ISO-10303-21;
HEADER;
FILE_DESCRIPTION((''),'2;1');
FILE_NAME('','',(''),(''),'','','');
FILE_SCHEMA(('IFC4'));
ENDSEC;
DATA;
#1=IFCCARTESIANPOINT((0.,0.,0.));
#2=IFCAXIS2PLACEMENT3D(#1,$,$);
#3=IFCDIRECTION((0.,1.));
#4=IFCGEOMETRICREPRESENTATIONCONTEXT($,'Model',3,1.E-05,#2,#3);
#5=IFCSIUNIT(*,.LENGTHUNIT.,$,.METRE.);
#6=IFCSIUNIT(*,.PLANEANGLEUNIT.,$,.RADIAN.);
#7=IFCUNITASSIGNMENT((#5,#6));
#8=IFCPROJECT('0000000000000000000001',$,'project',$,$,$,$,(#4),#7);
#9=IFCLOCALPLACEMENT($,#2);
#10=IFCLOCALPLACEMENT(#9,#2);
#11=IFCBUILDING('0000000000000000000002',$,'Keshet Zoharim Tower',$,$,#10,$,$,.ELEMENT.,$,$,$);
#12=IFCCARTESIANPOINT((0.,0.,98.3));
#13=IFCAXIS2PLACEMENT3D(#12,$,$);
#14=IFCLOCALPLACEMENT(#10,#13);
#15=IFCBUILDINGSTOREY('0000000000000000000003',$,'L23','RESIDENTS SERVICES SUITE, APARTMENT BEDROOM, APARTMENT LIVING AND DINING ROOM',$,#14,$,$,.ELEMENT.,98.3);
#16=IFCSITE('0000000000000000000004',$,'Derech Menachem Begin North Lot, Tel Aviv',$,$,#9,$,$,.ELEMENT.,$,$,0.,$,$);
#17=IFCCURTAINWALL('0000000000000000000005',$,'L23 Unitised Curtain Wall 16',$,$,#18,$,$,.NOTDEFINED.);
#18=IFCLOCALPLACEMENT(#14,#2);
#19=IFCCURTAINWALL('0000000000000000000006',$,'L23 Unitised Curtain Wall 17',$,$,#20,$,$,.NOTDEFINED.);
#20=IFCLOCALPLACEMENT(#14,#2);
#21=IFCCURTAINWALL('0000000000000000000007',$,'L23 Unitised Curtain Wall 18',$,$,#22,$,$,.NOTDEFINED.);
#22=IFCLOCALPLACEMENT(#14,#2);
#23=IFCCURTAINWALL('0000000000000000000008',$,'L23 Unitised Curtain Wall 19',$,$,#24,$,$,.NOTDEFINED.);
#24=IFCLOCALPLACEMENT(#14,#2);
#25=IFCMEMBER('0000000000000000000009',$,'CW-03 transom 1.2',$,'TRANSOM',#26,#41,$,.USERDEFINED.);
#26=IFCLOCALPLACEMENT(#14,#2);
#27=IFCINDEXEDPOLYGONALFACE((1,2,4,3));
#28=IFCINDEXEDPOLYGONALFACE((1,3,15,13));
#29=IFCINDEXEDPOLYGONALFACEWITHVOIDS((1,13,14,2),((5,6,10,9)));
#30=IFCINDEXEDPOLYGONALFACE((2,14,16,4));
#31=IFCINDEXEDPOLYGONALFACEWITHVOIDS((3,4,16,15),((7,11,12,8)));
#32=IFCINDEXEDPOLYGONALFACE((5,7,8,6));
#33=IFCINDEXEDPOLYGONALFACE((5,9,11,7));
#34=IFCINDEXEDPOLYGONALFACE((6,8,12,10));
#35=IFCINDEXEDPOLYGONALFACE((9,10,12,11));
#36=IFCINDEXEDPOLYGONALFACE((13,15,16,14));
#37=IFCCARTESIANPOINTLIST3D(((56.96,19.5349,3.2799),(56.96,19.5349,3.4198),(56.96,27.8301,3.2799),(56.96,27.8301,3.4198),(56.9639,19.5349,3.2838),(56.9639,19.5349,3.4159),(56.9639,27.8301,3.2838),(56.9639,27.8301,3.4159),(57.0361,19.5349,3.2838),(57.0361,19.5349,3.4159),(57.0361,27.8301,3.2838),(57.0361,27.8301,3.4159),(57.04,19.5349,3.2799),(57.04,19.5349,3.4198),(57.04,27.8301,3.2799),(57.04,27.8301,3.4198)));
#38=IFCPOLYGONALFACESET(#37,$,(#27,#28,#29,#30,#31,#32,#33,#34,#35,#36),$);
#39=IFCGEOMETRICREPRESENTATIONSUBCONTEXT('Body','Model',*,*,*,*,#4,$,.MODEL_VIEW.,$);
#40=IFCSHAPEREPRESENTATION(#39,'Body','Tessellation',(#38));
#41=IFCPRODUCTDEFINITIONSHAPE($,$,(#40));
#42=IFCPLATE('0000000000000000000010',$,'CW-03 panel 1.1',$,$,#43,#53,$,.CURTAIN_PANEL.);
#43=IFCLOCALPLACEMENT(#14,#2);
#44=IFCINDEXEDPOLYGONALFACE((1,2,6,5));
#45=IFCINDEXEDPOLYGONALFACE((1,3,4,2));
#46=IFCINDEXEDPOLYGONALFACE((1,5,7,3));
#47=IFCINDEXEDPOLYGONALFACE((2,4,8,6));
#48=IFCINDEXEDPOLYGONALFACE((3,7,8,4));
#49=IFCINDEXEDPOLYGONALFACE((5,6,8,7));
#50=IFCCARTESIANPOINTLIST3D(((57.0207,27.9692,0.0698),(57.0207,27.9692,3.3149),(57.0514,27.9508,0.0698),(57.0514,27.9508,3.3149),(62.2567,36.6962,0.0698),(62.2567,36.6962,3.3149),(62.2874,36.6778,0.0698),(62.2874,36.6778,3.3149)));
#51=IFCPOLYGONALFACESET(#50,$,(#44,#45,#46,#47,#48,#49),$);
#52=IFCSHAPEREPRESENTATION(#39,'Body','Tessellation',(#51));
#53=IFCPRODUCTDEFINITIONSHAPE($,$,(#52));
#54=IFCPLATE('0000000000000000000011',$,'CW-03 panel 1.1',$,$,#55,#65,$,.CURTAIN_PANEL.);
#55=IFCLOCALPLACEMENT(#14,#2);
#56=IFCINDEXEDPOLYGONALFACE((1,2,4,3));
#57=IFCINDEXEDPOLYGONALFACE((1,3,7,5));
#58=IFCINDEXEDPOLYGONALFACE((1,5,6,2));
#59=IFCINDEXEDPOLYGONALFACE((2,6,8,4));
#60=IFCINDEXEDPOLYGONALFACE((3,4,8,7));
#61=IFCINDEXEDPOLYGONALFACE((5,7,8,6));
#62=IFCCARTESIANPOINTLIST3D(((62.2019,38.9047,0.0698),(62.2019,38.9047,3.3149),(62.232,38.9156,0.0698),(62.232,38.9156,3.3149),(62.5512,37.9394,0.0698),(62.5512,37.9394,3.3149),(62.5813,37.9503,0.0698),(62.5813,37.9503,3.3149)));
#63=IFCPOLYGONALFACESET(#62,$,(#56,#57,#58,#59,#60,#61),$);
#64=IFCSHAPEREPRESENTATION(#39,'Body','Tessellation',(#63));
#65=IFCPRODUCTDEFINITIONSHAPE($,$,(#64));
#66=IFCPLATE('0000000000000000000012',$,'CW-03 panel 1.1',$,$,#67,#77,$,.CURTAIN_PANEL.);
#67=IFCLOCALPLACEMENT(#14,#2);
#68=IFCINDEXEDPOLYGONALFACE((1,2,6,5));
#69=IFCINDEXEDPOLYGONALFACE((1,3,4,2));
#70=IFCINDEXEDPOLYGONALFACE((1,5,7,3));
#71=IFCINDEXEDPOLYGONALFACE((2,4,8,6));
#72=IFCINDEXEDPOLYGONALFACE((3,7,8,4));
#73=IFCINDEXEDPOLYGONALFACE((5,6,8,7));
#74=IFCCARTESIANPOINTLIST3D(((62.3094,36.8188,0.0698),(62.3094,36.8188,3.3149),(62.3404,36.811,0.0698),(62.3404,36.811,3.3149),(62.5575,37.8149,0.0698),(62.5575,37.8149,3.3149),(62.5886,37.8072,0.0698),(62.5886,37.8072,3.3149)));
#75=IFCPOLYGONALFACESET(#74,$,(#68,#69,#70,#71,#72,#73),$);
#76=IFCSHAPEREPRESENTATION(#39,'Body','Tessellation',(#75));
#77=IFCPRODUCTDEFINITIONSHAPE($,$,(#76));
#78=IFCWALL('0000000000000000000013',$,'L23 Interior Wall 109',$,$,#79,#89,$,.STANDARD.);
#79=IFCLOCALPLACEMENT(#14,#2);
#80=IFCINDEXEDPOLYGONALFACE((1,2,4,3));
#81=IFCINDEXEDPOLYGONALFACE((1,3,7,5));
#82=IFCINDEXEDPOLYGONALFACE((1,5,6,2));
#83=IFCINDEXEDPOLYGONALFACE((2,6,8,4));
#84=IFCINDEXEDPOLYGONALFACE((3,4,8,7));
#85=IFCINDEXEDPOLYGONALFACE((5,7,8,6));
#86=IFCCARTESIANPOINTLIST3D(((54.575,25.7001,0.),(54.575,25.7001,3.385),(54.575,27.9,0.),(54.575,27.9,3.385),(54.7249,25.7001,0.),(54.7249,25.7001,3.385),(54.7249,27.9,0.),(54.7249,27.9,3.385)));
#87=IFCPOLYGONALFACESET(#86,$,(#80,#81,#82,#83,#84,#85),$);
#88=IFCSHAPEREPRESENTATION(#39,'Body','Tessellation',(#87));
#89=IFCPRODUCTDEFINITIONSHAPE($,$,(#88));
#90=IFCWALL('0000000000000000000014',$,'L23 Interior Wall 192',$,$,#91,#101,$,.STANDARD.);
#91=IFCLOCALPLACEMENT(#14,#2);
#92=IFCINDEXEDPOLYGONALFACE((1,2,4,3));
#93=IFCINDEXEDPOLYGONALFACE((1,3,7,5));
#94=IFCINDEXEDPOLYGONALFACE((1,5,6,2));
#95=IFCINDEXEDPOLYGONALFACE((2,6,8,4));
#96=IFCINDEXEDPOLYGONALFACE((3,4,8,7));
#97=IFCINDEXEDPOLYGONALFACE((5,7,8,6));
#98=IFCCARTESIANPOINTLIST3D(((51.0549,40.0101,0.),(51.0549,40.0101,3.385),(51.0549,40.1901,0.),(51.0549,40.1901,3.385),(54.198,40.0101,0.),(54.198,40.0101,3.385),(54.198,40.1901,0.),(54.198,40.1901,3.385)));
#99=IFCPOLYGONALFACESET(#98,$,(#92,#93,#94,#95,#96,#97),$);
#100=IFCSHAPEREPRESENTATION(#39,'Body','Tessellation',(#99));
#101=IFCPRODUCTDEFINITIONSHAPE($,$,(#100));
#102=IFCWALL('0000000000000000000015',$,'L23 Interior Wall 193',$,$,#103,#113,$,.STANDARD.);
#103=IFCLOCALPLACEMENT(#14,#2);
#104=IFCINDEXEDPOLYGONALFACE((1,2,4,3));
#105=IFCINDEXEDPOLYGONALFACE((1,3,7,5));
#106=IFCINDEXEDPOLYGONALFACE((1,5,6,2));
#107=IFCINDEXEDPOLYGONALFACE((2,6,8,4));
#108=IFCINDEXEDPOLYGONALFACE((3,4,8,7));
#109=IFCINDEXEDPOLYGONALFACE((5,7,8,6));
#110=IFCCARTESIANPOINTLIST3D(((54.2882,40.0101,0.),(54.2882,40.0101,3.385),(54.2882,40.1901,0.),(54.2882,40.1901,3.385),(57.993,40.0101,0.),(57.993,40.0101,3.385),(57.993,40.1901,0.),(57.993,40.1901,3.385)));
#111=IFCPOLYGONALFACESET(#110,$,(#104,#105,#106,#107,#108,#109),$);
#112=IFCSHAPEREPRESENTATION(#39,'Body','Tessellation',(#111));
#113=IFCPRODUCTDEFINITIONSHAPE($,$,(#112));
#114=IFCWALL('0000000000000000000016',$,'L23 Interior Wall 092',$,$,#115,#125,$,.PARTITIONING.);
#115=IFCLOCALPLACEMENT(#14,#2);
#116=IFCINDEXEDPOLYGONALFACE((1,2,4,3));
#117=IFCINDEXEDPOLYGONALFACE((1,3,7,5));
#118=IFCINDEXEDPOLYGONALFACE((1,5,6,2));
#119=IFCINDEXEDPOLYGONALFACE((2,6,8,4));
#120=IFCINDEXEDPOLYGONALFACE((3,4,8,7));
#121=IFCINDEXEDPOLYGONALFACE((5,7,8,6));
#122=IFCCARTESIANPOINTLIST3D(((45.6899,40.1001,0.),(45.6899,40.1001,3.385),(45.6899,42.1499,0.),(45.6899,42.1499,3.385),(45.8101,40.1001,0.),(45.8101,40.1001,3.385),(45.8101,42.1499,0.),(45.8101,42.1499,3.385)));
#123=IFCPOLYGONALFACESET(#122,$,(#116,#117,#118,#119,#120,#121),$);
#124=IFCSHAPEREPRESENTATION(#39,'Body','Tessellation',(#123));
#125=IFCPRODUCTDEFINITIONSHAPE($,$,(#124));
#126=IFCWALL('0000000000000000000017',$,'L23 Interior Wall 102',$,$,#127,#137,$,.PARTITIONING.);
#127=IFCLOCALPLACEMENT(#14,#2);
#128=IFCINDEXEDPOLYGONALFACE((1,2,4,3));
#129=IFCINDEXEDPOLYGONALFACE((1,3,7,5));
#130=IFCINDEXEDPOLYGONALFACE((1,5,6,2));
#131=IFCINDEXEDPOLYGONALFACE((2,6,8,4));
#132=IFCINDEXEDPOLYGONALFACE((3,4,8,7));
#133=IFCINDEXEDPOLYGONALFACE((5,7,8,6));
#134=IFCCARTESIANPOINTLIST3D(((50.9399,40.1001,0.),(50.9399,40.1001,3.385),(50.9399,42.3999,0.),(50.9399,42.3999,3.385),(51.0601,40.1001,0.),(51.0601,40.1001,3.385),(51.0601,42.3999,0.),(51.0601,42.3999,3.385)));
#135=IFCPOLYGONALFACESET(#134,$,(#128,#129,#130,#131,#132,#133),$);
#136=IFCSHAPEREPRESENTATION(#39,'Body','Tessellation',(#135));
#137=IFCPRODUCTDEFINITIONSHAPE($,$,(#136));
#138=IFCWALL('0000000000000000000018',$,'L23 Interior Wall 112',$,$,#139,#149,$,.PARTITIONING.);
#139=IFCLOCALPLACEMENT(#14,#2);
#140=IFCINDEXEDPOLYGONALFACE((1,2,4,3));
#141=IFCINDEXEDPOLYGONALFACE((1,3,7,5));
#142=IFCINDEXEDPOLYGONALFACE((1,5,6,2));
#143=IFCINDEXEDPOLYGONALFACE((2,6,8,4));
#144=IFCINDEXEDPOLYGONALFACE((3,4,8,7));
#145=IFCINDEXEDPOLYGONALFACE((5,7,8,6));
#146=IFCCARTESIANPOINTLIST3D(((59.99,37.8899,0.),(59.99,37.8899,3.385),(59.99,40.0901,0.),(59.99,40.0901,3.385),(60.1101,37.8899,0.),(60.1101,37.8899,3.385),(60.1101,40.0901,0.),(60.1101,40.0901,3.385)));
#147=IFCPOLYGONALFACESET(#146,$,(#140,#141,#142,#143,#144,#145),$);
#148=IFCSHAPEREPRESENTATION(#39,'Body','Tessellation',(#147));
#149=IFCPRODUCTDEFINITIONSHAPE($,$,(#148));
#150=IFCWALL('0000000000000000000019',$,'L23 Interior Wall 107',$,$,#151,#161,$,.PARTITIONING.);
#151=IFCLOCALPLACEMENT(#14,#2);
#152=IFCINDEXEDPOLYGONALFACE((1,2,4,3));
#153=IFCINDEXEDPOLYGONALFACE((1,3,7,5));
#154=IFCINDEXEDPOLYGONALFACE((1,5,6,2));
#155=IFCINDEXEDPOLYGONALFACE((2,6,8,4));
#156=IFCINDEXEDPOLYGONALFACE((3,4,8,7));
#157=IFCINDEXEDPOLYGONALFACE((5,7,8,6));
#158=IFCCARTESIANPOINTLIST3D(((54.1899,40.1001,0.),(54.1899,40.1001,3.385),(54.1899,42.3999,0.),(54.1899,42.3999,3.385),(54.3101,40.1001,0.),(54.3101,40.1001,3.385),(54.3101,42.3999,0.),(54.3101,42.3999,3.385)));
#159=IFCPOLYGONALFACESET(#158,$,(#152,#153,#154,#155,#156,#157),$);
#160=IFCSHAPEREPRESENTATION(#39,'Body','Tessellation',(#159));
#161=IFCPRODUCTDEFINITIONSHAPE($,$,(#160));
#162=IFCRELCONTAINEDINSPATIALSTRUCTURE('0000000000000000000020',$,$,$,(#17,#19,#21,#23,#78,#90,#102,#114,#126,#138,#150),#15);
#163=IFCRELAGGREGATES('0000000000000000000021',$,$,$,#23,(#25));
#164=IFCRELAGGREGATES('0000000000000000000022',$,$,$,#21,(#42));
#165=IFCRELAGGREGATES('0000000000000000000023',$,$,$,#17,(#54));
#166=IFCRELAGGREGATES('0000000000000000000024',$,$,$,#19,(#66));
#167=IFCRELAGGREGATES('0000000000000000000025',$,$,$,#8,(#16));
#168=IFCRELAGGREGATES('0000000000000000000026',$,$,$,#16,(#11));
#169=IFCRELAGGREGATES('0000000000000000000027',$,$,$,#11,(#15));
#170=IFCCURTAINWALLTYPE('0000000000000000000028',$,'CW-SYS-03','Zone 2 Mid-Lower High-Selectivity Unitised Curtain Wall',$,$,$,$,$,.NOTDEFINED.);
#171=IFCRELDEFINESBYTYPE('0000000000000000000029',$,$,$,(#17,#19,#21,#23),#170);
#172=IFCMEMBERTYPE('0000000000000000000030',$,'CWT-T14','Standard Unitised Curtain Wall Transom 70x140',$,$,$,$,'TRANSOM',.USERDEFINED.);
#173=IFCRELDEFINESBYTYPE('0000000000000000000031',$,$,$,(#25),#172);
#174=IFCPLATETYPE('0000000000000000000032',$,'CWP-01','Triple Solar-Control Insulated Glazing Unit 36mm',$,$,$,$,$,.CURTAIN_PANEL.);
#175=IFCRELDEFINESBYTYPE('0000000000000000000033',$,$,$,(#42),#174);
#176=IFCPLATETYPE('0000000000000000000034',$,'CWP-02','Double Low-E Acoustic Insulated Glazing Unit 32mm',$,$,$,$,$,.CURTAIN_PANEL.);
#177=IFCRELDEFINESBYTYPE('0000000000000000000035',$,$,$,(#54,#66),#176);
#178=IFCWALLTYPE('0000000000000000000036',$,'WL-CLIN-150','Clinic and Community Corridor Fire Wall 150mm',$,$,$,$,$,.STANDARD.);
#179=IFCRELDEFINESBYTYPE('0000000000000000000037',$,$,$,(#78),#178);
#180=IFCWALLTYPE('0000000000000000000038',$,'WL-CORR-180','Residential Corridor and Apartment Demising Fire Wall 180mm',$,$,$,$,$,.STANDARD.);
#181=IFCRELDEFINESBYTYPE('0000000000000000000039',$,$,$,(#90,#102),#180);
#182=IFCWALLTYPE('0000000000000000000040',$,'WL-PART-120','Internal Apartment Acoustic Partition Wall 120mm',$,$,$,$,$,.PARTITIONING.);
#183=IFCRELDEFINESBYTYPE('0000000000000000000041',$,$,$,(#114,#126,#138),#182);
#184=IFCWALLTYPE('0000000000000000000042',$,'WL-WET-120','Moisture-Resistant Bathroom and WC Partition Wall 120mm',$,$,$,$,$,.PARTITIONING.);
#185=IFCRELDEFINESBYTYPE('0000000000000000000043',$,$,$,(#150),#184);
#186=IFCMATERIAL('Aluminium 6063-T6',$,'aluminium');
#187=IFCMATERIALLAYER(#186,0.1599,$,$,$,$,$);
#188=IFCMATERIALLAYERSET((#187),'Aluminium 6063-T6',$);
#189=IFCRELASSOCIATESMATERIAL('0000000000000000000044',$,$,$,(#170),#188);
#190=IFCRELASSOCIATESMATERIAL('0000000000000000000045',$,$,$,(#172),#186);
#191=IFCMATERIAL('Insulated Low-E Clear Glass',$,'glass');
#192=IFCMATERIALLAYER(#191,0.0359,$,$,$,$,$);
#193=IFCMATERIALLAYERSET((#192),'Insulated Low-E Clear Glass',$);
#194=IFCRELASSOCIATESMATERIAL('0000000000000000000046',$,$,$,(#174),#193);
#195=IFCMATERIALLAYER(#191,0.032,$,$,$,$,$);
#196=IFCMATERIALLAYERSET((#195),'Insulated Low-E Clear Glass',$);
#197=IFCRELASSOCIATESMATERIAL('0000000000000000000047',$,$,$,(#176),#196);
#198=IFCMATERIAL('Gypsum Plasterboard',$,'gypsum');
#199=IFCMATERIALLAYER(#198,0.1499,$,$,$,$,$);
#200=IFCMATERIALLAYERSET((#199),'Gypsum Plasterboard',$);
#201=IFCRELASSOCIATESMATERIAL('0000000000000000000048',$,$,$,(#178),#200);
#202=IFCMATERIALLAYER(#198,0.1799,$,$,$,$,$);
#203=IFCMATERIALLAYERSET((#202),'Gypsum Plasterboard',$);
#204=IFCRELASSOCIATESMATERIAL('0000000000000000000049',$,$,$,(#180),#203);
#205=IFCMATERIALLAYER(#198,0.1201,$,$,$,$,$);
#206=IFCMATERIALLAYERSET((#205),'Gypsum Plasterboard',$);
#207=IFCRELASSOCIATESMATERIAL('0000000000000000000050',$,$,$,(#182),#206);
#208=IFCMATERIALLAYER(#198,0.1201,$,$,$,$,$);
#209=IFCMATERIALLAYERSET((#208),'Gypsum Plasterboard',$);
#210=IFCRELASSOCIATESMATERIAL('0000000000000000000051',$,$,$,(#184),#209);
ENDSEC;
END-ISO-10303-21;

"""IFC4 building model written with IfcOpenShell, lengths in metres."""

from ifc_helpers import new_model, si_unit, direction, frame, frame_2d, origin, origin_2d, place, context, subcontext, project, spatial, rectangle, hollow_rectangle, extrude, material, layer, layer_set, material_profile, profile_set, type_object, element, aggregate, save


model = new_model("IFC4")

# Units and contexts
model_context = context("Model", 3, precision=1e-05, world=origin(), true_north=direction((0.0, 1.0)))
body_context = subcontext(model_context, "Body", "Model", "MODEL_VIEW")
ifc_project = project(units=[si_unit("LENGTHUNIT", "METRE"), si_unit("PLANEANGLEUNIT", "RADIAN")], contexts=[model_context])

# Site, building, storey
site_placement = place(None, origin())
site = spatial("IfcSite", under=ifc_project, at=site_placement, Name="Derech Menachem Begin North Lot, Tel Aviv", CompositionType="ELEMENT", RefElevation=0.0)
building_placement = place(site_placement, origin())
building = spatial("IfcBuilding", under=site, at=building_placement, Name="Keshet Zoharim Tower", CompositionType="ELEMENT")
storey_placement = place(building_placement, frame((0.0, 0.0, 98.3)))
storey = spatial("IfcBuildingStorey", under=building, at=storey_placement, Name="L23", Description="RESIDENTS SERVICES SUITE, APARTMENT BEDROOM, APARTMENT LIVING AND DINING ROOM", CompositionType="ELEMENT", Elevation=98.3)

# Shared definitions
ifc_material_1 = material(Name="Aluminium 6063-T6", Category="aluminium")
ifc_layer_1 = layer(ifc_material_1, 0.1599)
ifc_layer_set_1 = layer_set([ifc_layer_1], Name="Aluminium 6063-T6")
curtain_wall_type = type_object("IfcCurtainWallType", Name="CW-SYS-03", Description="Zone 2 Mid-Lower High-Selectivity Unitised Curtain Wall", PredefinedType="NOTDEFINED", material=ifc_layer_set_1)

# Curtain walls
curtain_wall_1_placement = place(storey_placement, origin())
curtain_wall_1 = element("IfcCurtainWall", 1, at=curtain_wall_1_placement, inside=storey, type_object=curtain_wall_type, Name="L23 Unitised Curtain Wall 16", PredefinedType="NOTDEFINED")
curtain_wall_2_placement = place(storey_placement, origin())
curtain_wall_2 = element("IfcCurtainWall", 2, at=curtain_wall_2_placement, inside=storey, type_object=curtain_wall_type, Name="L23 Unitised Curtain Wall 17", PredefinedType="NOTDEFINED")
curtain_wall_3_placement = place(storey_placement, origin())
curtain_wall_3 = element("IfcCurtainWall", 3, at=curtain_wall_3_placement, inside=storey, type_object=curtain_wall_type, Name="L23 Unitised Curtain Wall 18", PredefinedType="NOTDEFINED")

# Curtain wall
curtain_wall_4_placement = place(storey_placement, origin())
curtain_wall_4 = element("IfcCurtainWall", 4, at=curtain_wall_4_placement, inside=storey, type_object=curtain_wall_type, Name="L23 Unitised Curtain Wall 19", PredefinedType="NOTDEFINED")

# Member
ifc_material_profile_1 = material_profile(ifc_material_1, hollow_rectangle(XDim=0.0801, YDim=0.1399, WallThickness=0.0039, at=origin_2d()), Name="TRN-80x140")
ifc_profile_set_1 = profile_set([ifc_material_profile_1], Name="Aluminium 6063-T6")
member_type_1 = type_object("IfcMemberType", Name="CWT-T14", Description="Standard Unitised Curtain Wall Transom 70x140", ElementType="TRANSOM", PredefinedType="USERDEFINED", material=ifc_profile_set_1)
member_1_placement = place(storey_placement, frame((57.0, 27.8301, 3.3499), z_axis=(0.0, -1.0, 0.0), x_axis=(1.0, 0.0, 0.0)))
member_1 = element("IfcMember", 5, at=member_1_placement, type_object=member_type_1, Name="CW-03 transom 1.2", ObjectType="TRANSOM", PredefinedType="USERDEFINED", context=body_context, shape_type="SweptSolid", body=[
    extrude(hollow_rectangle(XDim=0.0801, YDim=0.1399, WallThickness=0.0039, at=origin_2d()), origin(), (0.0, 0.0, 1.0), 8.2952),
])
aggregate(curtain_wall_4, [member_1])

# Plates
ifc_material_2 = material(Name="Insulated Low-E Clear Glass", Category="glass")
ifc_layer_2 = layer(ifc_material_2, 0.0359)
ifc_layer_set_2 = layer_set([ifc_layer_2], Name="Insulated Low-E Clear Glass")
plate_type_1 = type_object("IfcPlateType", Name="CWP-01", Description="Triple Solar-Control Insulated Glazing Unit 36mm", PredefinedType="CURTAIN_PANEL", material=ifc_layer_set_2)
plate_1_placement = place(storey_placement, frame((59.6541, 32.3235, 0.0698), z_axis=(0.0, 0.0, 1.0), x_axis=(-0.514482, -0.857501, 0.0)))
plate_1 = element("IfcPlate", 6, at=plate_1_placement, type_object=plate_type_1, Name="CW-03 panel 1.1", PredefinedType="CURTAIN_PANEL", context=body_context, shape_type="SweptSolid", body=[
    extrude(rectangle(XDim=10.1772, YDim=0.0359, at=origin_2d()), origin(), (0.0, 0.0, 1.0), 3.2451),
])
aggregate(curtain_wall_3, [plate_1])
ifc_layer_3 = layer(ifc_material_2, 0.032)
ifc_layer_set_3 = layer_set([ifc_layer_3], Name="Insulated Low-E Clear Glass")
plate_type_2 = type_object("IfcPlateType", Name="CWP-02", Description="Double Low-E Acoustic Insulated Glazing Unit 32mm", PredefinedType="CURTAIN_PANEL", material=ifc_layer_set_3)
plate_2_placement = place(storey_placement, frame((62.3916, 38.4275, 0.0698), z_axis=(0.0, 0.0, 1.0), x_axis=(0.340297, -0.940318, 0.0)))
plate_2 = element("IfcPlate", 7, at=plate_2_placement, type_object=plate_type_2, Name="CW-03 panel 1.1", PredefinedType="CURTAIN_PANEL", context=body_context, shape_type="SweptSolid", body=[
    extrude(rectangle(XDim=1.0266, YDim=0.032, at=origin_2d()), origin(), (0.0, 0.0, 1.0), 3.2451),
])
aggregate(curtain_wall_1, [plate_2])
plate_3_placement = place(storey_placement, frame((62.449, 37.313, 0.0698), z_axis=(0.0, 0.0, 1.0), x_axis=(-0.241729, -0.970344, 0.0)))
plate_3 = element("IfcPlate", 8, at=plate_3_placement, type_object=plate_type_2, Name="CW-03 panel 1.1", PredefinedType="CURTAIN_PANEL", context=body_context, shape_type="SweptSolid", body=[
    extrude(rectangle(XDim=1.0266, YDim=0.032, at=origin_2d()), origin(), (0.0, 0.0, 1.0), 3.2451),
])
aggregate(curtain_wall_2, [plate_3])

# Walls
ifc_material_3 = material(Name="Gypsum Plasterboard", Category="gypsum")
ifc_layer_4 = layer(ifc_material_3, 0.1499)
ifc_layer_set_4 = layer_set([ifc_layer_4], Name="Gypsum Plasterboard")
wall_type_1 = type_object("IfcWallType", Name="WL-CLIN-150", Description="Clinic and Community Corridor Fire Wall 150mm", PredefinedType="STANDARD", material=ifc_layer_set_4)
wall_1_placement = place(storey_placement, frame((54.6499, 25.7, 0.0), z_axis=(0.0, 0.0, 1.0), x_axis=(0.0, 1.0, 0.0)))
element("IfcWall", 9, at=wall_1_placement, inside=storey, type_object=wall_type_1, Name="L23 Interior Wall 109", PredefinedType="STANDARD", context=body_context, shape_type="SweptSolid", body=[
    extrude(rectangle(XDim=2.2, YDim=0.1499, at=frame_2d((1.1001, 0.0))), origin(), (0.0, 0.0, 1.0), 3.385),
])
ifc_layer_5 = layer(ifc_material_3, 0.1799)
ifc_layer_set_5 = layer_set([ifc_layer_5], Name="Gypsum Plasterboard")
wall_type_2 = type_object("IfcWallType", Name="WL-CORR-180", Description="Residential Corridor and Apartment Demising Fire Wall 180mm", PredefinedType="STANDARD", material=ifc_layer_set_5)
wall_2_placement = place(storey_placement, frame((51.0549, 40.1001, 0.0), z_axis=(0.0, 0.0, 1.0), x_axis=(1.0, 0.0, 0.0)))
element("IfcWall", 10, at=wall_2_placement, inside=storey, type_object=wall_type_2, Name="L23 Interior Wall 192", PredefinedType="STANDARD", context=body_context, shape_type="SweptSolid", body=[
    extrude(rectangle(XDim=3.1431, YDim=0.1799, at=frame_2d((1.5715, 0.0))), origin(), (0.0, 0.0, 1.0), 3.385),
])
wall_3_placement = place(storey_placement, frame((54.2881, 40.1001, 0.0), z_axis=(0.0, 0.0, 1.0), x_axis=(1.0, 0.0, 0.0)))
element("IfcWall", 11, at=wall_3_placement, inside=storey, type_object=wall_type_2, Name="L23 Interior Wall 193", PredefinedType="STANDARD", context=body_context, shape_type="SweptSolid", body=[
    extrude(rectangle(XDim=3.7048, YDim=0.1799, at=frame_2d((1.8525, 0.0))), origin(), (0.0, 0.0, 1.0), 3.385),
])
ifc_layer_6 = layer(ifc_material_3, 0.1201)
ifc_layer_set_6 = layer_set([ifc_layer_6], Name="Gypsum Plasterboard")
wall_type_3 = type_object("IfcWallType", Name="WL-PART-120", Description="Internal Apartment Acoustic Partition Wall 120mm", PredefinedType="PARTITIONING", material=ifc_layer_set_6)
wall_4_placement = place(storey_placement, frame((45.75, 40.1001, 0.0), z_axis=(0.0, 0.0, 1.0), x_axis=(0.0, 1.0, 0.0)))
element("IfcWall", 12, at=wall_4_placement, inside=storey, type_object=wall_type_3, Name="L23 Interior Wall 092", PredefinedType="PARTITIONING", context=body_context, shape_type="SweptSolid", body=[
    extrude(rectangle(XDim=2.0498, YDim=0.1201, at=frame_2d((1.0249, 0.0))), origin(), (0.0, 0.0, 1.0), 3.385),
])
wall_5_placement = place(storey_placement, frame((51.0, 40.1001, 0.0), z_axis=(0.0, 0.0, 1.0), x_axis=(0.0, 1.0, 0.0)))
element("IfcWall", 13, at=wall_5_placement, inside=storey, type_object=wall_type_3, Name="L23 Interior Wall 102", PredefinedType="PARTITIONING", context=body_context, shape_type="SweptSolid", body=[
    extrude(rectangle(XDim=2.2998, YDim=0.1201, at=frame_2d((1.1499, 0.0))), origin(), (0.0, 0.0, 1.0), 3.385),
])
wall_6_placement = place(storey_placement, frame((60.05, 37.8899, 0.0), z_axis=(0.0, 0.0, 1.0), x_axis=(0.0, 1.0, 0.0)))
element("IfcWall", 14, at=wall_6_placement, inside=storey, type_object=wall_type_3, Name="L23 Interior Wall 112", PredefinedType="PARTITIONING", context=body_context, shape_type="SweptSolid", body=[
    extrude(rectangle(XDim=2.2002, YDim=0.1201, at=frame_2d((1.1001, 0.0))), origin(), (0.0, 0.0, 1.0), 3.385),
])
ifc_layer_7 = layer(ifc_material_3, 0.1201)
ifc_layer_set_7 = layer_set([ifc_layer_7], Name="Gypsum Plasterboard")
wall_type_4 = type_object("IfcWallType", Name="WL-WET-120", Description="Moisture-Resistant Bathroom and WC Partition Wall 120mm", PredefinedType="PARTITIONING", material=ifc_layer_set_7)
wall_7_placement = place(storey_placement, frame((54.25, 40.1001, 0.0), z_axis=(0.0, 0.0, 1.0), x_axis=(0.0, 1.0, 0.0)))
element("IfcWall", 15, at=wall_7_placement, inside=storey, type_object=wall_type_4, Name="L23 Interior Wall 107", PredefinedType="PARTITIONING", context=body_context, shape_type="SweptSolid", body=[
    extrude(rectangle(XDim=2.2998, YDim=0.1201, at=frame_2d((1.1499, 0.0))), origin(), (0.0, 0.0, 1.0), 3.385),
])

save(model, "model.ifc")
